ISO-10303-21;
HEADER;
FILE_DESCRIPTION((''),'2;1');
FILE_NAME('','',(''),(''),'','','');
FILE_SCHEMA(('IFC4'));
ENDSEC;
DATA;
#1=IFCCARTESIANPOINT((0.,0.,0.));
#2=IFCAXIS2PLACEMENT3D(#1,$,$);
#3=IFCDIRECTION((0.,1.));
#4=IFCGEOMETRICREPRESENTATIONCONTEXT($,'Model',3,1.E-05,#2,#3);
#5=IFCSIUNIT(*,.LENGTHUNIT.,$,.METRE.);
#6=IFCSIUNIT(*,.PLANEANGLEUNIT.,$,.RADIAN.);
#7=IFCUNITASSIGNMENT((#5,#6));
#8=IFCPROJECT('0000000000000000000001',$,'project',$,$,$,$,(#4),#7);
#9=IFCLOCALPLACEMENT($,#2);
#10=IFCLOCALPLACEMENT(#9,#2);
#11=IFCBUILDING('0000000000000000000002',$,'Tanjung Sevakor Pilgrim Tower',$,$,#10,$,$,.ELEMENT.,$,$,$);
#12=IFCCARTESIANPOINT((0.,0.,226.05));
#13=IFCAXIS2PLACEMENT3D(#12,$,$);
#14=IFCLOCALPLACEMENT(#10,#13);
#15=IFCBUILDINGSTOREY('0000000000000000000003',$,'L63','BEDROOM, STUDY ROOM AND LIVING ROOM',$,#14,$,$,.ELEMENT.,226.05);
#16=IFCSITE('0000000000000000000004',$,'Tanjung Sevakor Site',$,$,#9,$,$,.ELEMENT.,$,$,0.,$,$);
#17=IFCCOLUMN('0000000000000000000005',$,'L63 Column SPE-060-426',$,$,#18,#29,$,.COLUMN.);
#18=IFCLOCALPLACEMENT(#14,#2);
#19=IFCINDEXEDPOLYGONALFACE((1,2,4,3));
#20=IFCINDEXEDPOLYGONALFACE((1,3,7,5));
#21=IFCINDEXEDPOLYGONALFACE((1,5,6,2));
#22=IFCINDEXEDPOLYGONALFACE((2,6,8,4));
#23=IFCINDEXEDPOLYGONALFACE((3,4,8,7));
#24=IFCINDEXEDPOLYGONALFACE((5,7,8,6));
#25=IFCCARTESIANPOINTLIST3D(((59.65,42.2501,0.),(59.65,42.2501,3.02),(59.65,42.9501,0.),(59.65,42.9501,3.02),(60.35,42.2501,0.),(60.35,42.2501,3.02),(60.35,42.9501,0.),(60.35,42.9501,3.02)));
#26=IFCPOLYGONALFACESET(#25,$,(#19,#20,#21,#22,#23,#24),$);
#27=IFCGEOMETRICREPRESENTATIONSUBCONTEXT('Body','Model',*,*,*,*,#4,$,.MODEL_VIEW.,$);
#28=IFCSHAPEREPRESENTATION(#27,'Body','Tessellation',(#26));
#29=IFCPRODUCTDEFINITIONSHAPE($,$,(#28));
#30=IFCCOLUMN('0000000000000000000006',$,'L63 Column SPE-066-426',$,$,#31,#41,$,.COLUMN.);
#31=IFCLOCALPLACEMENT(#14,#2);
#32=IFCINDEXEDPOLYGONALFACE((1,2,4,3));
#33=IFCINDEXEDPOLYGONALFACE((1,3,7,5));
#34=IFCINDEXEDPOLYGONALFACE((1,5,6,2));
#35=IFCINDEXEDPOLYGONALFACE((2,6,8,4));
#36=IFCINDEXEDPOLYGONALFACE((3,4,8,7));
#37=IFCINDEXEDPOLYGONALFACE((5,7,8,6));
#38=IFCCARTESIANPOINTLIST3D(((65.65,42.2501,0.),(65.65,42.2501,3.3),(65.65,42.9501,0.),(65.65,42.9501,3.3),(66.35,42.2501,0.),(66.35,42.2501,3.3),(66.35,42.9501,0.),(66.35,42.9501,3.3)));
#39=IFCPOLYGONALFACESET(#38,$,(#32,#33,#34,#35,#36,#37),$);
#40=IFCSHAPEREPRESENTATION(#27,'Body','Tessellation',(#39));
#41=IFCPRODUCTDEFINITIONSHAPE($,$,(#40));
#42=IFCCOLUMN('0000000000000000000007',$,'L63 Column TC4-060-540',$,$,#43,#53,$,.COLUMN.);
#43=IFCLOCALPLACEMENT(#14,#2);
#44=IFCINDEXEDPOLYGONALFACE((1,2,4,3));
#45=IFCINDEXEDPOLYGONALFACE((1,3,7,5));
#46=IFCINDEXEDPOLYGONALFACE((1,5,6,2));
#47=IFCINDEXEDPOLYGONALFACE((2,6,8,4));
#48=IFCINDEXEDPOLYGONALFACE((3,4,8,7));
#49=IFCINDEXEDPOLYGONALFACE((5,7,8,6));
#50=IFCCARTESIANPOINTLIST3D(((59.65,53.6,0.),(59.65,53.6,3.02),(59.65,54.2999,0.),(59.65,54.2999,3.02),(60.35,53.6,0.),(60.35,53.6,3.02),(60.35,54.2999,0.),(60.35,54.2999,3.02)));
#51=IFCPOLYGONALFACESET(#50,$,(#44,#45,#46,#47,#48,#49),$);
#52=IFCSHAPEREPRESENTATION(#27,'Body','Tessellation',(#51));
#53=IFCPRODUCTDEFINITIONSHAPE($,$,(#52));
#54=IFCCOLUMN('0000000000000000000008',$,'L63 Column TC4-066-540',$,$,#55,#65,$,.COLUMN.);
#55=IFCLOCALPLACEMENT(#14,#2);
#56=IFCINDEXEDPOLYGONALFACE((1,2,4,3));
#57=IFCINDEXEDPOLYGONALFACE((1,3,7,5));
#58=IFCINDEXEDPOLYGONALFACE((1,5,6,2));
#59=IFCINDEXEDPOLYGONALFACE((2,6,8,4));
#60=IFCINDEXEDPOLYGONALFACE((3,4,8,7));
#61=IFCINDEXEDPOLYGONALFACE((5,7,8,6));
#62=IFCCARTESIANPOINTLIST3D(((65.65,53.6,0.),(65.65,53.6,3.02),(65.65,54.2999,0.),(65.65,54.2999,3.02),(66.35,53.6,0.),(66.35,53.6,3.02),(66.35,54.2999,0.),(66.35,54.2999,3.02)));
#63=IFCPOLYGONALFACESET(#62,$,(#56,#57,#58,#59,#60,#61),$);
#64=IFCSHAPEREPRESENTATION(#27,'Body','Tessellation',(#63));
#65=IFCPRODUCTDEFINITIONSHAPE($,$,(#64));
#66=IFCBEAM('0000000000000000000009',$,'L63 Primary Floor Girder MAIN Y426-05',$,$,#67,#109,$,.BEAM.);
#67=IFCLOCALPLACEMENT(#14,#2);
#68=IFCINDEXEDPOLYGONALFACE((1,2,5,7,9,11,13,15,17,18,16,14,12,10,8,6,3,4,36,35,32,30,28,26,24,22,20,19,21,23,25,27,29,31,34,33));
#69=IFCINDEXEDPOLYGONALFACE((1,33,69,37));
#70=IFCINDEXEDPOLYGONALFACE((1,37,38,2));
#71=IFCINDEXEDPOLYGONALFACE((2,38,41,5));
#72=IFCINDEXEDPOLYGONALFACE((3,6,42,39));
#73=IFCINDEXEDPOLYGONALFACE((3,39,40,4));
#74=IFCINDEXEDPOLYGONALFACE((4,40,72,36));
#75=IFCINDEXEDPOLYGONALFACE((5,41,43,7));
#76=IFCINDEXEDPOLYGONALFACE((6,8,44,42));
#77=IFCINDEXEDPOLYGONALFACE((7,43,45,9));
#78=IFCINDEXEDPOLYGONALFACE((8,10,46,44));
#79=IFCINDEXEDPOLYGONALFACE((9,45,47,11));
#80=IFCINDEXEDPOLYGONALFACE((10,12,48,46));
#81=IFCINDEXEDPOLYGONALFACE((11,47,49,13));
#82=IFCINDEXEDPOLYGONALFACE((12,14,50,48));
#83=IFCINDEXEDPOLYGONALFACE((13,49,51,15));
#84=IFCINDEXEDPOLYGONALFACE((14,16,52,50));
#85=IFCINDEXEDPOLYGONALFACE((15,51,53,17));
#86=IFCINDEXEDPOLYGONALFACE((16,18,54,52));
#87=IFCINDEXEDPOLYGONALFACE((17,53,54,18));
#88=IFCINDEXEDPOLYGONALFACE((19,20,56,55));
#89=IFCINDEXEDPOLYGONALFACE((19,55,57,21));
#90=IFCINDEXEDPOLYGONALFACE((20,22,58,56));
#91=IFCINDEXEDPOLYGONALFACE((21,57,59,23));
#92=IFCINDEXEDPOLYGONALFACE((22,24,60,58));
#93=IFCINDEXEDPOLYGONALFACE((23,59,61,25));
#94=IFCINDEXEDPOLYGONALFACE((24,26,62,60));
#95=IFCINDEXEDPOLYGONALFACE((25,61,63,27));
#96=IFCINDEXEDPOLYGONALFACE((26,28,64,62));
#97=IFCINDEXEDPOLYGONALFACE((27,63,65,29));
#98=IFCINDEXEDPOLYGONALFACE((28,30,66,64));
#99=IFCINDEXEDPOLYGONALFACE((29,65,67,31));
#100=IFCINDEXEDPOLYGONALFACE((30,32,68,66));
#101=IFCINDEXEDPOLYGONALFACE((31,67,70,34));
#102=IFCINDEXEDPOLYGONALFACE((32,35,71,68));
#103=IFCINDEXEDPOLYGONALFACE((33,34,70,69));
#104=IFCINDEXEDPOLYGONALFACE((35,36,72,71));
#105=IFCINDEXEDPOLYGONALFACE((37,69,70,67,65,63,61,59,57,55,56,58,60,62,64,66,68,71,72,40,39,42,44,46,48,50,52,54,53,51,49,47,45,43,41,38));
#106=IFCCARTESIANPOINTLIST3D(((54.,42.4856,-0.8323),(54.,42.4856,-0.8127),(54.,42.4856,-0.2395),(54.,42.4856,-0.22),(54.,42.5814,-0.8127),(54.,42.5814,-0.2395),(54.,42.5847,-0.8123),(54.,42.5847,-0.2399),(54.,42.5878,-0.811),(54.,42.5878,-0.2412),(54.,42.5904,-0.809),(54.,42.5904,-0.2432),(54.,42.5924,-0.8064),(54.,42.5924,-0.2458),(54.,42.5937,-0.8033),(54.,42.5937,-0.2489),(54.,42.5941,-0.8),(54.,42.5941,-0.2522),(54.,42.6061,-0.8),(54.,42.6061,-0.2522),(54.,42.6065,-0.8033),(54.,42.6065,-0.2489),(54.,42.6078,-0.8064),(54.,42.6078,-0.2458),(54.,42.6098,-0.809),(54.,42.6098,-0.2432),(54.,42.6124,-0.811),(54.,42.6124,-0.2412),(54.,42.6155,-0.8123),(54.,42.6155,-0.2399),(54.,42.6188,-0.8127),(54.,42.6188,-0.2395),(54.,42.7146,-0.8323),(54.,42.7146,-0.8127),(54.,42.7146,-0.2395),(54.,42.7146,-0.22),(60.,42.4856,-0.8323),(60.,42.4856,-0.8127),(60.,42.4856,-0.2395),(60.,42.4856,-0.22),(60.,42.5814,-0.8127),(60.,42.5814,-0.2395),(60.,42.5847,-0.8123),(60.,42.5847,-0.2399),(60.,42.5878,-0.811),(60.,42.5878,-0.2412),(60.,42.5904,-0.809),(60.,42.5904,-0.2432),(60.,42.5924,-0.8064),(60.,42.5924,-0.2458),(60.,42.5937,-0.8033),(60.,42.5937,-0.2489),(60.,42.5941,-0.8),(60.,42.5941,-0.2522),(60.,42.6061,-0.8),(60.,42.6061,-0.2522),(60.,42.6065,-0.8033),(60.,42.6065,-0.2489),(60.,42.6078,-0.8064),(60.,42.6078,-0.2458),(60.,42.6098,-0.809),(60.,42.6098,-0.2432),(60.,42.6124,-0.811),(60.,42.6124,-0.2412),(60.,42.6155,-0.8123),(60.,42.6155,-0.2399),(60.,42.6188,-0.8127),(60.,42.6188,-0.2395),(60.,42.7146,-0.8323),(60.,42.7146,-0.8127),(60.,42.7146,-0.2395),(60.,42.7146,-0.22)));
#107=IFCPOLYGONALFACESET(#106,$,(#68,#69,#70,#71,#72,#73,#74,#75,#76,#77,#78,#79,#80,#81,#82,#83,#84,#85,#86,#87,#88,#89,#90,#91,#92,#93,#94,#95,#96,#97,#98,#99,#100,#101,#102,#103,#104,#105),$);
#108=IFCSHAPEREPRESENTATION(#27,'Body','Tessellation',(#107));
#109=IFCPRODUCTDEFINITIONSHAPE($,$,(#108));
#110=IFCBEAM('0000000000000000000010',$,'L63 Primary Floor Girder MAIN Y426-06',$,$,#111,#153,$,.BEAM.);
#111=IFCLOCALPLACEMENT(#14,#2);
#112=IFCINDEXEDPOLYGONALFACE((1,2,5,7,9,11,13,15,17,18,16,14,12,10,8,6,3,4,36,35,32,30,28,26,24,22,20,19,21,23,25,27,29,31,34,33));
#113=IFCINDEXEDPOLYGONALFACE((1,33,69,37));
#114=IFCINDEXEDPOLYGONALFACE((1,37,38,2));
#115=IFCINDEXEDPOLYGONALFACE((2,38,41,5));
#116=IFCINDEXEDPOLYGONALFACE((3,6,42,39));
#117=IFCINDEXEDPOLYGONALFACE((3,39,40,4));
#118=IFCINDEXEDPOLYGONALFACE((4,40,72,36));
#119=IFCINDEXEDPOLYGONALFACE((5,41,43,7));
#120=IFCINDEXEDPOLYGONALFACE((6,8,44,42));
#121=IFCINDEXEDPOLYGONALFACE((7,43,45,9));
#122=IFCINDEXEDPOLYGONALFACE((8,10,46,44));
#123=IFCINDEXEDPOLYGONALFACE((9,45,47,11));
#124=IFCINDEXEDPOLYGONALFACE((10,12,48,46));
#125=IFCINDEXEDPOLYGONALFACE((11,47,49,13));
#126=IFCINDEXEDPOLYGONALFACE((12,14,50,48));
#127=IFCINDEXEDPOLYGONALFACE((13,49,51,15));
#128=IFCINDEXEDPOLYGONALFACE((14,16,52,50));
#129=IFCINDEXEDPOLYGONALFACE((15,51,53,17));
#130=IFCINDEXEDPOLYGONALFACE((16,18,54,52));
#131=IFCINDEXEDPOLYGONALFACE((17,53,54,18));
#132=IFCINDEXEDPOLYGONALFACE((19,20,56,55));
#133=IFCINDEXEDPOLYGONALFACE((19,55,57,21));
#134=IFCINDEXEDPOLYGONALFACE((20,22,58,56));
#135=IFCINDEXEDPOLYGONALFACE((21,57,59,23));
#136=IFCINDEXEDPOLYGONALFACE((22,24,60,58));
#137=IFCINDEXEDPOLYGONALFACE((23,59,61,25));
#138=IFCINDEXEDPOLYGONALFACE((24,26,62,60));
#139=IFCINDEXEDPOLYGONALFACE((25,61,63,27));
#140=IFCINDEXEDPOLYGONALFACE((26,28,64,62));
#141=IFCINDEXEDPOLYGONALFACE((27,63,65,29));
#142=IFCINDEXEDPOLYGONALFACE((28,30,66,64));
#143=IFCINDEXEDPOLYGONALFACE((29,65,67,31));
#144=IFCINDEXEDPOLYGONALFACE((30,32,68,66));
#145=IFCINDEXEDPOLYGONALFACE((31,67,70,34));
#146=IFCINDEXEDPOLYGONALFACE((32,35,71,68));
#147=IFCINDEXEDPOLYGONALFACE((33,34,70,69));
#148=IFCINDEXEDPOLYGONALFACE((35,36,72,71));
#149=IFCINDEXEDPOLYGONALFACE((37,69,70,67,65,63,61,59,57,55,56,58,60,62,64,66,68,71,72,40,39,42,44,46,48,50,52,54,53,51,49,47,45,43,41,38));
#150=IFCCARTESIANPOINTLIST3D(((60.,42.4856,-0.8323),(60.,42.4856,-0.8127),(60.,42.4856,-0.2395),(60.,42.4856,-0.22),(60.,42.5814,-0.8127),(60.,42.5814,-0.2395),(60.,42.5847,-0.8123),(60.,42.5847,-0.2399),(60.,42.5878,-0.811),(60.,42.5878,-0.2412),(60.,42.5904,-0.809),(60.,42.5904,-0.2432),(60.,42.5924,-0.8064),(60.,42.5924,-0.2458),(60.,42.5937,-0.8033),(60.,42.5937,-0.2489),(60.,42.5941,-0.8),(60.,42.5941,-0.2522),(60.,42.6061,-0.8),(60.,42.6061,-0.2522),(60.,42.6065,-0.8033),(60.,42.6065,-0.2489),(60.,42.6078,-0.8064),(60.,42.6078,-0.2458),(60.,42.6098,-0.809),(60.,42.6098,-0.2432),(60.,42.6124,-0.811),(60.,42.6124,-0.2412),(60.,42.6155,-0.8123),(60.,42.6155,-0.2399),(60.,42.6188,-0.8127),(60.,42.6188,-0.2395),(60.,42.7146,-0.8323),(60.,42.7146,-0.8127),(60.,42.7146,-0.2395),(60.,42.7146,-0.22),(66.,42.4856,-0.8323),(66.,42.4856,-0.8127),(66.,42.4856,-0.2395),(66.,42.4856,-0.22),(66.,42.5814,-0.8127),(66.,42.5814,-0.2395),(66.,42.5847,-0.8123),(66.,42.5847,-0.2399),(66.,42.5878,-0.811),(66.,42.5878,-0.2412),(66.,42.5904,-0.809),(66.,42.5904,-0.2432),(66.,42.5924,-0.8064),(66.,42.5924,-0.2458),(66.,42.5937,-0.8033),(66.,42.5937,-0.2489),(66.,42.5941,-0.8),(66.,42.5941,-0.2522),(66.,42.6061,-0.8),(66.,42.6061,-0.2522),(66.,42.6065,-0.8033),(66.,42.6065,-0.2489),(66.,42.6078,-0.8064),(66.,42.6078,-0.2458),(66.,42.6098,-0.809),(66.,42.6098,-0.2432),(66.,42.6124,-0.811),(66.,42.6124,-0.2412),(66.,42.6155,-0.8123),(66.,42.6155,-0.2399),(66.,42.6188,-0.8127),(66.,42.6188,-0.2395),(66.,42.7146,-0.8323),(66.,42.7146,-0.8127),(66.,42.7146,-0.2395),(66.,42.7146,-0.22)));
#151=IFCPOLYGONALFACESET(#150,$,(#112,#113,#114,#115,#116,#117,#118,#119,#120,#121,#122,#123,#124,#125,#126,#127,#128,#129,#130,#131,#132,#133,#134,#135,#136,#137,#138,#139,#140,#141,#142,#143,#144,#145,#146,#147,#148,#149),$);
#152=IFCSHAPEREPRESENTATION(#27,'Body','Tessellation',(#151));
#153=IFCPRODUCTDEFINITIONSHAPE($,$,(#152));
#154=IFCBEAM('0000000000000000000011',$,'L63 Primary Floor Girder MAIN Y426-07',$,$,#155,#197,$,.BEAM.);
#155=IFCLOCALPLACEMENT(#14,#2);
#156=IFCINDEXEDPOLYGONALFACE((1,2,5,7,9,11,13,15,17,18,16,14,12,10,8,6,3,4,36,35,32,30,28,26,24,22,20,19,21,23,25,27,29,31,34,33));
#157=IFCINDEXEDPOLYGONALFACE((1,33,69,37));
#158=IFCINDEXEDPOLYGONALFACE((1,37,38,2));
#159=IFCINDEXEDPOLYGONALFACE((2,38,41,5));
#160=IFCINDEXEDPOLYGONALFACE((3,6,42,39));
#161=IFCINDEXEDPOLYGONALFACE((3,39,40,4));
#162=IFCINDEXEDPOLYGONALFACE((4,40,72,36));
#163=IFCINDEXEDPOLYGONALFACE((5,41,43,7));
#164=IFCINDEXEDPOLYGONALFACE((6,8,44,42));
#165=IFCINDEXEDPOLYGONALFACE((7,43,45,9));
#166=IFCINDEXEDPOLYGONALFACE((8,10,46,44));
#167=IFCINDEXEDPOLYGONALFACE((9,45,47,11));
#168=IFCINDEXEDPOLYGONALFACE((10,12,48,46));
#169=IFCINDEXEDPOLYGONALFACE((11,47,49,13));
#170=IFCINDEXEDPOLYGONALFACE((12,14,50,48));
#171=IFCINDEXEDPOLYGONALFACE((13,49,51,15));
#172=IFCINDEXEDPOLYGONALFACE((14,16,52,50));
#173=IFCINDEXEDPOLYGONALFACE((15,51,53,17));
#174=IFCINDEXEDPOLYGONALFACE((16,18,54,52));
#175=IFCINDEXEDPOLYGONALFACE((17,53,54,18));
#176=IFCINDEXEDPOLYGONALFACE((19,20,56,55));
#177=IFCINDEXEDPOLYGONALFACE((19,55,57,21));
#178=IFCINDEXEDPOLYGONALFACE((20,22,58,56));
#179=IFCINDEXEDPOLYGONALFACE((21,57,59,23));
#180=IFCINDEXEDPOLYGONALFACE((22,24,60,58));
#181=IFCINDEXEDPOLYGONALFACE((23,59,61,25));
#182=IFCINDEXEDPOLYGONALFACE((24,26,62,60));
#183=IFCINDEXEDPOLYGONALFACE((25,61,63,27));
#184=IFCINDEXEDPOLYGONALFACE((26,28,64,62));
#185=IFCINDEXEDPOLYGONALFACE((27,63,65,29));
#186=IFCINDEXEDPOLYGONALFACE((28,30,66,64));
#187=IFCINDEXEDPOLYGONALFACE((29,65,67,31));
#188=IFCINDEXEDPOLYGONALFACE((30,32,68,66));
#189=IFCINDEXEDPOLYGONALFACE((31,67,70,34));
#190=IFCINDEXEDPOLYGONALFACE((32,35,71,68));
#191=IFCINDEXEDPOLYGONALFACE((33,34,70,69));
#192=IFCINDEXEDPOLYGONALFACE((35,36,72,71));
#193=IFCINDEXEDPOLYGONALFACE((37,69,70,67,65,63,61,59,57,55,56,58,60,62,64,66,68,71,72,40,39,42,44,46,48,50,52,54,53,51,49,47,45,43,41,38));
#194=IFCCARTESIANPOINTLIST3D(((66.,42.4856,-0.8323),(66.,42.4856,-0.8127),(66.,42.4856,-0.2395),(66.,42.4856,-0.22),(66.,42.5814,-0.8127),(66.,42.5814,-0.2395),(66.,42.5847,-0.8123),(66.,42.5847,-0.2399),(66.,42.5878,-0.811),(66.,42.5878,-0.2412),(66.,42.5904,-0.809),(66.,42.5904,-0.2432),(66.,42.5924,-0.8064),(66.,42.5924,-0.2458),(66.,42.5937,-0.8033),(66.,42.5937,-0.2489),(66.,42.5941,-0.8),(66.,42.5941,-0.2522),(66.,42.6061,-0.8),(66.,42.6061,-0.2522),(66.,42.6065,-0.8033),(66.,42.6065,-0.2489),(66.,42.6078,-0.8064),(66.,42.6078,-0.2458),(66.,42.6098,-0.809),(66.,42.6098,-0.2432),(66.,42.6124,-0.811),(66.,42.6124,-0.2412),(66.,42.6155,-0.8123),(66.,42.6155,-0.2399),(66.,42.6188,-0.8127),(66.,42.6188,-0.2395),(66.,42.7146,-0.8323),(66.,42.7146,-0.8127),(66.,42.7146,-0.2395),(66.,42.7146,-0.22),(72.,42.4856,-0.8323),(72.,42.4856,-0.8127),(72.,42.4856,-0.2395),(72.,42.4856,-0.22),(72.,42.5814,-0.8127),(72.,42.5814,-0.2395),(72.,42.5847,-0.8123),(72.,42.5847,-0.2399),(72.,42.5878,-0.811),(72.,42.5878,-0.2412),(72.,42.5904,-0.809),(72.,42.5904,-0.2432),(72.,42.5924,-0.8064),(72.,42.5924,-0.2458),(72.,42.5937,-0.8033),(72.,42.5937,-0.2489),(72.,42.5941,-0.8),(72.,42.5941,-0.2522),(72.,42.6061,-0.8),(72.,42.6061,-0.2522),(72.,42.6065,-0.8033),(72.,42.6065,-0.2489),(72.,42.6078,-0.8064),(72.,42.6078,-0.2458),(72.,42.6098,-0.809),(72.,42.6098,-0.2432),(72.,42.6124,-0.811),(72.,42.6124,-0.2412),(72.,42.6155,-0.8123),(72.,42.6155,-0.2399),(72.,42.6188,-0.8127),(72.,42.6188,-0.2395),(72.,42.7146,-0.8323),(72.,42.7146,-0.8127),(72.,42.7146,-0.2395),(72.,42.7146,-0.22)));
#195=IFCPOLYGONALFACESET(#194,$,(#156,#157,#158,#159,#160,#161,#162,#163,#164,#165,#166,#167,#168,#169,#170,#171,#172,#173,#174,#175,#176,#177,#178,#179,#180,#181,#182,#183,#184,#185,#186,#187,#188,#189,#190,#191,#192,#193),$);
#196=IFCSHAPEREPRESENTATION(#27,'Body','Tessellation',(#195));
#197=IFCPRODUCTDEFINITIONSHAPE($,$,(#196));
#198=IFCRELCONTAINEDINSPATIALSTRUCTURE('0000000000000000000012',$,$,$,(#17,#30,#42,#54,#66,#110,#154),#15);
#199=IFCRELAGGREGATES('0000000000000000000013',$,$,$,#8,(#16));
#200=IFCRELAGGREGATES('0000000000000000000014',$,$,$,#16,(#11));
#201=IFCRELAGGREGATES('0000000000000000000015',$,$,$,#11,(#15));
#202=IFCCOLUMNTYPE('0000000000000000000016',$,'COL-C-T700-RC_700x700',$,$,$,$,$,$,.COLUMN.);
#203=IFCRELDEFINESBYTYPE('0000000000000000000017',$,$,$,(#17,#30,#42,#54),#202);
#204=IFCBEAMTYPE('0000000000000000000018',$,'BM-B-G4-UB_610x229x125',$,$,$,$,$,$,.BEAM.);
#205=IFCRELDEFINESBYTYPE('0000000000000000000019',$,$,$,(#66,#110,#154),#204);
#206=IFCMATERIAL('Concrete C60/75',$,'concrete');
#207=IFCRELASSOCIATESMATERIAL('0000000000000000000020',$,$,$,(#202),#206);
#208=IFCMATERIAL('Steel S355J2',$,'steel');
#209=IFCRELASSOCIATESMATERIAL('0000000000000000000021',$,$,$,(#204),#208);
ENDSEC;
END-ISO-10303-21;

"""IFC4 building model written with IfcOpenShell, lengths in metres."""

from ifc_helpers import new_model, si_unit, direction, frame, origin, origin_2d, place, context, subcontext, project, spatial, rectangle, i_section, extrude, material, material_profile, profile_set, type_object, element, save


model = new_model("IFC4")

# Units and contexts
model_context = context("Model", 3, precision=1e-05, world=origin(), true_north=direction((0.0, 1.0)))
body_context = subcontext(model_context, "Body", "Model", "MODEL_VIEW")
ifc_project = project(units=[si_unit("LENGTHUNIT", "METRE"), si_unit("PLANEANGLEUNIT", "RADIAN")], contexts=[model_context])

# Site, building, storey
site_placement = place(None, origin())
site = spatial("IfcSite", under=ifc_project, at=site_placement, Name="Tanjung Sevakor Site", CompositionType="ELEMENT", RefElevation=0.0)
building_placement = place(site_placement, origin())
building = spatial("IfcBuilding", under=site, at=building_placement, Name="Tanjung Sevakor Pilgrim Tower", CompositionType="ELEMENT")
storey_placement = place(building_placement, frame((0.0, 0.0, 226.05)))
storey = spatial("IfcBuildingStorey", under=building, at=storey_placement, Name="L63", Description="BEDROOM, STUDY ROOM AND LIVING ROOM", CompositionType="ELEMENT", Elevation=226.05)

# Columns
ifc_material_1 = material(Name="Concrete C60/75", Category="concrete")
ifc_material_profile_1 = material_profile(ifc_material_1, rectangle(XDim=0.7, YDim=0.7, at=origin_2d()))
ifc_profile_set_1 = profile_set([ifc_material_profile_1], Name="Concrete C60/75")
column_type = type_object("IfcColumnType", Name="COL-C-T700-RC_700x700", PredefinedType="COLUMN", material=ifc_profile_set_1)
column_1_placement = place(storey_placement, frame((60.0, 42.6001, 0.0), z_axis=(0.0, 0.0, 1.0), x_axis=(1.0, 0.0, 0.0)))
element("IfcColumn", 1, at=column_1_placement, inside=storey, type_object=column_type, Name="L63 Column SPE-060-426", PredefinedType="COLUMN", context=body_context, shape_type="SweptSolid", body=[
    extrude(rectangle(XDim=0.7, YDim=0.7, at=origin_2d()), origin(), (0.0, 0.0, 1.0), 3.02),
])
column_2_placement = place(storey_placement, frame((66.0, 42.6001, 0.0), z_axis=(0.0, 0.0, 1.0), x_axis=(1.0, 0.0, 0.0)))
element("IfcColumn", 2, at=column_2_placement, inside=storey, type_object=column_type, Name="L63 Column SPE-066-426", PredefinedType="COLUMN", context=body_context, shape_type="SweptSolid", body=[
    extrude(rectangle(XDim=0.7, YDim=0.7, at=origin_2d()), origin(), (0.0, 0.0, 1.0), 3.3),
])
for number, where, z_axis, x_axis, name in (
    (3, (60.0, 53.95, 0.0), (0.0, 0.0, 1.0), (1.0, 0.0, 0.0), "L63 Column TC4-060-540"),
    (4, (66.0, 53.95, 0.0), (0.0, 0.0, 1.0), (1.0, 0.0, 0.0), "L63 Column TC4-066-540"),
):
    element("IfcColumn", number, at=place(storey_placement, frame(where, z_axis=z_axis, x_axis=x_axis)), inside=storey, type_object=column_type, Name=name, PredefinedType="COLUMN", context=body_context, shape_type="SweptSolid", body=[
        extrude(rectangle(XDim=0.7, YDim=0.7, at=origin_2d()), origin(), (0.0, 0.0, 1.0), 3.02),
    ])

# Beams
ifc_material_2 = material(Name="Steel S355J2", Category="steel")
ifc_material_profile_2 = material_profile(ifc_material_2, i_section(OverallWidth=0.229, OverallDepth=0.6123, WebThickness=0.012, FlangeThickness=0.0195, FilletRadius=0.0127, at=origin_2d()))
ifc_profile_set_2 = profile_set([ifc_material_profile_2], Name="Steel S355J2")
beam_type_1 = type_object("IfcBeamType", Name="BM-B-G4-UB_610x229x125", PredefinedType="BEAM", material=ifc_profile_set_2)
for number, where, z_axis, x_axis, name in (
    (5, (54.0, 42.6001, -0.5261), (1.0, 0.0, 0.0), (0.0, 1.0, 0.0), "L63 Primary Floor Girder MAIN Y426-05"),
    (6, (60.0, 42.6001, -0.5261), (1.0, 0.0, 0.0), (0.0, 1.0, 0.0), "L63 Primary Floor Girder MAIN Y426-06"),
    (7, (66.0, 42.6001, -0.5261), (1.0, 0.0, 0.0), (0.0, 1.0, 0.0), "L63 Primary Floor Girder MAIN Y426-07"),
):
    element("IfcBeam", number, at=place(storey_placement, frame(where, z_axis=z_axis, x_axis=x_axis)), inside=storey, type_object=beam_type_1, Name=name, PredefinedType="BEAM", context=body_context, shape_type="SweptSolid", body=[
        extrude(i_section(OverallWidth=0.229, OverallDepth=0.6123, WebThickness=0.012, FlangeThickness=0.0195, FilletRadius=0.0127, at=origin_2d()), origin(), (0.0, 0.0, 1.0), 6.0),
    ])

save(model, "model.ifc")
